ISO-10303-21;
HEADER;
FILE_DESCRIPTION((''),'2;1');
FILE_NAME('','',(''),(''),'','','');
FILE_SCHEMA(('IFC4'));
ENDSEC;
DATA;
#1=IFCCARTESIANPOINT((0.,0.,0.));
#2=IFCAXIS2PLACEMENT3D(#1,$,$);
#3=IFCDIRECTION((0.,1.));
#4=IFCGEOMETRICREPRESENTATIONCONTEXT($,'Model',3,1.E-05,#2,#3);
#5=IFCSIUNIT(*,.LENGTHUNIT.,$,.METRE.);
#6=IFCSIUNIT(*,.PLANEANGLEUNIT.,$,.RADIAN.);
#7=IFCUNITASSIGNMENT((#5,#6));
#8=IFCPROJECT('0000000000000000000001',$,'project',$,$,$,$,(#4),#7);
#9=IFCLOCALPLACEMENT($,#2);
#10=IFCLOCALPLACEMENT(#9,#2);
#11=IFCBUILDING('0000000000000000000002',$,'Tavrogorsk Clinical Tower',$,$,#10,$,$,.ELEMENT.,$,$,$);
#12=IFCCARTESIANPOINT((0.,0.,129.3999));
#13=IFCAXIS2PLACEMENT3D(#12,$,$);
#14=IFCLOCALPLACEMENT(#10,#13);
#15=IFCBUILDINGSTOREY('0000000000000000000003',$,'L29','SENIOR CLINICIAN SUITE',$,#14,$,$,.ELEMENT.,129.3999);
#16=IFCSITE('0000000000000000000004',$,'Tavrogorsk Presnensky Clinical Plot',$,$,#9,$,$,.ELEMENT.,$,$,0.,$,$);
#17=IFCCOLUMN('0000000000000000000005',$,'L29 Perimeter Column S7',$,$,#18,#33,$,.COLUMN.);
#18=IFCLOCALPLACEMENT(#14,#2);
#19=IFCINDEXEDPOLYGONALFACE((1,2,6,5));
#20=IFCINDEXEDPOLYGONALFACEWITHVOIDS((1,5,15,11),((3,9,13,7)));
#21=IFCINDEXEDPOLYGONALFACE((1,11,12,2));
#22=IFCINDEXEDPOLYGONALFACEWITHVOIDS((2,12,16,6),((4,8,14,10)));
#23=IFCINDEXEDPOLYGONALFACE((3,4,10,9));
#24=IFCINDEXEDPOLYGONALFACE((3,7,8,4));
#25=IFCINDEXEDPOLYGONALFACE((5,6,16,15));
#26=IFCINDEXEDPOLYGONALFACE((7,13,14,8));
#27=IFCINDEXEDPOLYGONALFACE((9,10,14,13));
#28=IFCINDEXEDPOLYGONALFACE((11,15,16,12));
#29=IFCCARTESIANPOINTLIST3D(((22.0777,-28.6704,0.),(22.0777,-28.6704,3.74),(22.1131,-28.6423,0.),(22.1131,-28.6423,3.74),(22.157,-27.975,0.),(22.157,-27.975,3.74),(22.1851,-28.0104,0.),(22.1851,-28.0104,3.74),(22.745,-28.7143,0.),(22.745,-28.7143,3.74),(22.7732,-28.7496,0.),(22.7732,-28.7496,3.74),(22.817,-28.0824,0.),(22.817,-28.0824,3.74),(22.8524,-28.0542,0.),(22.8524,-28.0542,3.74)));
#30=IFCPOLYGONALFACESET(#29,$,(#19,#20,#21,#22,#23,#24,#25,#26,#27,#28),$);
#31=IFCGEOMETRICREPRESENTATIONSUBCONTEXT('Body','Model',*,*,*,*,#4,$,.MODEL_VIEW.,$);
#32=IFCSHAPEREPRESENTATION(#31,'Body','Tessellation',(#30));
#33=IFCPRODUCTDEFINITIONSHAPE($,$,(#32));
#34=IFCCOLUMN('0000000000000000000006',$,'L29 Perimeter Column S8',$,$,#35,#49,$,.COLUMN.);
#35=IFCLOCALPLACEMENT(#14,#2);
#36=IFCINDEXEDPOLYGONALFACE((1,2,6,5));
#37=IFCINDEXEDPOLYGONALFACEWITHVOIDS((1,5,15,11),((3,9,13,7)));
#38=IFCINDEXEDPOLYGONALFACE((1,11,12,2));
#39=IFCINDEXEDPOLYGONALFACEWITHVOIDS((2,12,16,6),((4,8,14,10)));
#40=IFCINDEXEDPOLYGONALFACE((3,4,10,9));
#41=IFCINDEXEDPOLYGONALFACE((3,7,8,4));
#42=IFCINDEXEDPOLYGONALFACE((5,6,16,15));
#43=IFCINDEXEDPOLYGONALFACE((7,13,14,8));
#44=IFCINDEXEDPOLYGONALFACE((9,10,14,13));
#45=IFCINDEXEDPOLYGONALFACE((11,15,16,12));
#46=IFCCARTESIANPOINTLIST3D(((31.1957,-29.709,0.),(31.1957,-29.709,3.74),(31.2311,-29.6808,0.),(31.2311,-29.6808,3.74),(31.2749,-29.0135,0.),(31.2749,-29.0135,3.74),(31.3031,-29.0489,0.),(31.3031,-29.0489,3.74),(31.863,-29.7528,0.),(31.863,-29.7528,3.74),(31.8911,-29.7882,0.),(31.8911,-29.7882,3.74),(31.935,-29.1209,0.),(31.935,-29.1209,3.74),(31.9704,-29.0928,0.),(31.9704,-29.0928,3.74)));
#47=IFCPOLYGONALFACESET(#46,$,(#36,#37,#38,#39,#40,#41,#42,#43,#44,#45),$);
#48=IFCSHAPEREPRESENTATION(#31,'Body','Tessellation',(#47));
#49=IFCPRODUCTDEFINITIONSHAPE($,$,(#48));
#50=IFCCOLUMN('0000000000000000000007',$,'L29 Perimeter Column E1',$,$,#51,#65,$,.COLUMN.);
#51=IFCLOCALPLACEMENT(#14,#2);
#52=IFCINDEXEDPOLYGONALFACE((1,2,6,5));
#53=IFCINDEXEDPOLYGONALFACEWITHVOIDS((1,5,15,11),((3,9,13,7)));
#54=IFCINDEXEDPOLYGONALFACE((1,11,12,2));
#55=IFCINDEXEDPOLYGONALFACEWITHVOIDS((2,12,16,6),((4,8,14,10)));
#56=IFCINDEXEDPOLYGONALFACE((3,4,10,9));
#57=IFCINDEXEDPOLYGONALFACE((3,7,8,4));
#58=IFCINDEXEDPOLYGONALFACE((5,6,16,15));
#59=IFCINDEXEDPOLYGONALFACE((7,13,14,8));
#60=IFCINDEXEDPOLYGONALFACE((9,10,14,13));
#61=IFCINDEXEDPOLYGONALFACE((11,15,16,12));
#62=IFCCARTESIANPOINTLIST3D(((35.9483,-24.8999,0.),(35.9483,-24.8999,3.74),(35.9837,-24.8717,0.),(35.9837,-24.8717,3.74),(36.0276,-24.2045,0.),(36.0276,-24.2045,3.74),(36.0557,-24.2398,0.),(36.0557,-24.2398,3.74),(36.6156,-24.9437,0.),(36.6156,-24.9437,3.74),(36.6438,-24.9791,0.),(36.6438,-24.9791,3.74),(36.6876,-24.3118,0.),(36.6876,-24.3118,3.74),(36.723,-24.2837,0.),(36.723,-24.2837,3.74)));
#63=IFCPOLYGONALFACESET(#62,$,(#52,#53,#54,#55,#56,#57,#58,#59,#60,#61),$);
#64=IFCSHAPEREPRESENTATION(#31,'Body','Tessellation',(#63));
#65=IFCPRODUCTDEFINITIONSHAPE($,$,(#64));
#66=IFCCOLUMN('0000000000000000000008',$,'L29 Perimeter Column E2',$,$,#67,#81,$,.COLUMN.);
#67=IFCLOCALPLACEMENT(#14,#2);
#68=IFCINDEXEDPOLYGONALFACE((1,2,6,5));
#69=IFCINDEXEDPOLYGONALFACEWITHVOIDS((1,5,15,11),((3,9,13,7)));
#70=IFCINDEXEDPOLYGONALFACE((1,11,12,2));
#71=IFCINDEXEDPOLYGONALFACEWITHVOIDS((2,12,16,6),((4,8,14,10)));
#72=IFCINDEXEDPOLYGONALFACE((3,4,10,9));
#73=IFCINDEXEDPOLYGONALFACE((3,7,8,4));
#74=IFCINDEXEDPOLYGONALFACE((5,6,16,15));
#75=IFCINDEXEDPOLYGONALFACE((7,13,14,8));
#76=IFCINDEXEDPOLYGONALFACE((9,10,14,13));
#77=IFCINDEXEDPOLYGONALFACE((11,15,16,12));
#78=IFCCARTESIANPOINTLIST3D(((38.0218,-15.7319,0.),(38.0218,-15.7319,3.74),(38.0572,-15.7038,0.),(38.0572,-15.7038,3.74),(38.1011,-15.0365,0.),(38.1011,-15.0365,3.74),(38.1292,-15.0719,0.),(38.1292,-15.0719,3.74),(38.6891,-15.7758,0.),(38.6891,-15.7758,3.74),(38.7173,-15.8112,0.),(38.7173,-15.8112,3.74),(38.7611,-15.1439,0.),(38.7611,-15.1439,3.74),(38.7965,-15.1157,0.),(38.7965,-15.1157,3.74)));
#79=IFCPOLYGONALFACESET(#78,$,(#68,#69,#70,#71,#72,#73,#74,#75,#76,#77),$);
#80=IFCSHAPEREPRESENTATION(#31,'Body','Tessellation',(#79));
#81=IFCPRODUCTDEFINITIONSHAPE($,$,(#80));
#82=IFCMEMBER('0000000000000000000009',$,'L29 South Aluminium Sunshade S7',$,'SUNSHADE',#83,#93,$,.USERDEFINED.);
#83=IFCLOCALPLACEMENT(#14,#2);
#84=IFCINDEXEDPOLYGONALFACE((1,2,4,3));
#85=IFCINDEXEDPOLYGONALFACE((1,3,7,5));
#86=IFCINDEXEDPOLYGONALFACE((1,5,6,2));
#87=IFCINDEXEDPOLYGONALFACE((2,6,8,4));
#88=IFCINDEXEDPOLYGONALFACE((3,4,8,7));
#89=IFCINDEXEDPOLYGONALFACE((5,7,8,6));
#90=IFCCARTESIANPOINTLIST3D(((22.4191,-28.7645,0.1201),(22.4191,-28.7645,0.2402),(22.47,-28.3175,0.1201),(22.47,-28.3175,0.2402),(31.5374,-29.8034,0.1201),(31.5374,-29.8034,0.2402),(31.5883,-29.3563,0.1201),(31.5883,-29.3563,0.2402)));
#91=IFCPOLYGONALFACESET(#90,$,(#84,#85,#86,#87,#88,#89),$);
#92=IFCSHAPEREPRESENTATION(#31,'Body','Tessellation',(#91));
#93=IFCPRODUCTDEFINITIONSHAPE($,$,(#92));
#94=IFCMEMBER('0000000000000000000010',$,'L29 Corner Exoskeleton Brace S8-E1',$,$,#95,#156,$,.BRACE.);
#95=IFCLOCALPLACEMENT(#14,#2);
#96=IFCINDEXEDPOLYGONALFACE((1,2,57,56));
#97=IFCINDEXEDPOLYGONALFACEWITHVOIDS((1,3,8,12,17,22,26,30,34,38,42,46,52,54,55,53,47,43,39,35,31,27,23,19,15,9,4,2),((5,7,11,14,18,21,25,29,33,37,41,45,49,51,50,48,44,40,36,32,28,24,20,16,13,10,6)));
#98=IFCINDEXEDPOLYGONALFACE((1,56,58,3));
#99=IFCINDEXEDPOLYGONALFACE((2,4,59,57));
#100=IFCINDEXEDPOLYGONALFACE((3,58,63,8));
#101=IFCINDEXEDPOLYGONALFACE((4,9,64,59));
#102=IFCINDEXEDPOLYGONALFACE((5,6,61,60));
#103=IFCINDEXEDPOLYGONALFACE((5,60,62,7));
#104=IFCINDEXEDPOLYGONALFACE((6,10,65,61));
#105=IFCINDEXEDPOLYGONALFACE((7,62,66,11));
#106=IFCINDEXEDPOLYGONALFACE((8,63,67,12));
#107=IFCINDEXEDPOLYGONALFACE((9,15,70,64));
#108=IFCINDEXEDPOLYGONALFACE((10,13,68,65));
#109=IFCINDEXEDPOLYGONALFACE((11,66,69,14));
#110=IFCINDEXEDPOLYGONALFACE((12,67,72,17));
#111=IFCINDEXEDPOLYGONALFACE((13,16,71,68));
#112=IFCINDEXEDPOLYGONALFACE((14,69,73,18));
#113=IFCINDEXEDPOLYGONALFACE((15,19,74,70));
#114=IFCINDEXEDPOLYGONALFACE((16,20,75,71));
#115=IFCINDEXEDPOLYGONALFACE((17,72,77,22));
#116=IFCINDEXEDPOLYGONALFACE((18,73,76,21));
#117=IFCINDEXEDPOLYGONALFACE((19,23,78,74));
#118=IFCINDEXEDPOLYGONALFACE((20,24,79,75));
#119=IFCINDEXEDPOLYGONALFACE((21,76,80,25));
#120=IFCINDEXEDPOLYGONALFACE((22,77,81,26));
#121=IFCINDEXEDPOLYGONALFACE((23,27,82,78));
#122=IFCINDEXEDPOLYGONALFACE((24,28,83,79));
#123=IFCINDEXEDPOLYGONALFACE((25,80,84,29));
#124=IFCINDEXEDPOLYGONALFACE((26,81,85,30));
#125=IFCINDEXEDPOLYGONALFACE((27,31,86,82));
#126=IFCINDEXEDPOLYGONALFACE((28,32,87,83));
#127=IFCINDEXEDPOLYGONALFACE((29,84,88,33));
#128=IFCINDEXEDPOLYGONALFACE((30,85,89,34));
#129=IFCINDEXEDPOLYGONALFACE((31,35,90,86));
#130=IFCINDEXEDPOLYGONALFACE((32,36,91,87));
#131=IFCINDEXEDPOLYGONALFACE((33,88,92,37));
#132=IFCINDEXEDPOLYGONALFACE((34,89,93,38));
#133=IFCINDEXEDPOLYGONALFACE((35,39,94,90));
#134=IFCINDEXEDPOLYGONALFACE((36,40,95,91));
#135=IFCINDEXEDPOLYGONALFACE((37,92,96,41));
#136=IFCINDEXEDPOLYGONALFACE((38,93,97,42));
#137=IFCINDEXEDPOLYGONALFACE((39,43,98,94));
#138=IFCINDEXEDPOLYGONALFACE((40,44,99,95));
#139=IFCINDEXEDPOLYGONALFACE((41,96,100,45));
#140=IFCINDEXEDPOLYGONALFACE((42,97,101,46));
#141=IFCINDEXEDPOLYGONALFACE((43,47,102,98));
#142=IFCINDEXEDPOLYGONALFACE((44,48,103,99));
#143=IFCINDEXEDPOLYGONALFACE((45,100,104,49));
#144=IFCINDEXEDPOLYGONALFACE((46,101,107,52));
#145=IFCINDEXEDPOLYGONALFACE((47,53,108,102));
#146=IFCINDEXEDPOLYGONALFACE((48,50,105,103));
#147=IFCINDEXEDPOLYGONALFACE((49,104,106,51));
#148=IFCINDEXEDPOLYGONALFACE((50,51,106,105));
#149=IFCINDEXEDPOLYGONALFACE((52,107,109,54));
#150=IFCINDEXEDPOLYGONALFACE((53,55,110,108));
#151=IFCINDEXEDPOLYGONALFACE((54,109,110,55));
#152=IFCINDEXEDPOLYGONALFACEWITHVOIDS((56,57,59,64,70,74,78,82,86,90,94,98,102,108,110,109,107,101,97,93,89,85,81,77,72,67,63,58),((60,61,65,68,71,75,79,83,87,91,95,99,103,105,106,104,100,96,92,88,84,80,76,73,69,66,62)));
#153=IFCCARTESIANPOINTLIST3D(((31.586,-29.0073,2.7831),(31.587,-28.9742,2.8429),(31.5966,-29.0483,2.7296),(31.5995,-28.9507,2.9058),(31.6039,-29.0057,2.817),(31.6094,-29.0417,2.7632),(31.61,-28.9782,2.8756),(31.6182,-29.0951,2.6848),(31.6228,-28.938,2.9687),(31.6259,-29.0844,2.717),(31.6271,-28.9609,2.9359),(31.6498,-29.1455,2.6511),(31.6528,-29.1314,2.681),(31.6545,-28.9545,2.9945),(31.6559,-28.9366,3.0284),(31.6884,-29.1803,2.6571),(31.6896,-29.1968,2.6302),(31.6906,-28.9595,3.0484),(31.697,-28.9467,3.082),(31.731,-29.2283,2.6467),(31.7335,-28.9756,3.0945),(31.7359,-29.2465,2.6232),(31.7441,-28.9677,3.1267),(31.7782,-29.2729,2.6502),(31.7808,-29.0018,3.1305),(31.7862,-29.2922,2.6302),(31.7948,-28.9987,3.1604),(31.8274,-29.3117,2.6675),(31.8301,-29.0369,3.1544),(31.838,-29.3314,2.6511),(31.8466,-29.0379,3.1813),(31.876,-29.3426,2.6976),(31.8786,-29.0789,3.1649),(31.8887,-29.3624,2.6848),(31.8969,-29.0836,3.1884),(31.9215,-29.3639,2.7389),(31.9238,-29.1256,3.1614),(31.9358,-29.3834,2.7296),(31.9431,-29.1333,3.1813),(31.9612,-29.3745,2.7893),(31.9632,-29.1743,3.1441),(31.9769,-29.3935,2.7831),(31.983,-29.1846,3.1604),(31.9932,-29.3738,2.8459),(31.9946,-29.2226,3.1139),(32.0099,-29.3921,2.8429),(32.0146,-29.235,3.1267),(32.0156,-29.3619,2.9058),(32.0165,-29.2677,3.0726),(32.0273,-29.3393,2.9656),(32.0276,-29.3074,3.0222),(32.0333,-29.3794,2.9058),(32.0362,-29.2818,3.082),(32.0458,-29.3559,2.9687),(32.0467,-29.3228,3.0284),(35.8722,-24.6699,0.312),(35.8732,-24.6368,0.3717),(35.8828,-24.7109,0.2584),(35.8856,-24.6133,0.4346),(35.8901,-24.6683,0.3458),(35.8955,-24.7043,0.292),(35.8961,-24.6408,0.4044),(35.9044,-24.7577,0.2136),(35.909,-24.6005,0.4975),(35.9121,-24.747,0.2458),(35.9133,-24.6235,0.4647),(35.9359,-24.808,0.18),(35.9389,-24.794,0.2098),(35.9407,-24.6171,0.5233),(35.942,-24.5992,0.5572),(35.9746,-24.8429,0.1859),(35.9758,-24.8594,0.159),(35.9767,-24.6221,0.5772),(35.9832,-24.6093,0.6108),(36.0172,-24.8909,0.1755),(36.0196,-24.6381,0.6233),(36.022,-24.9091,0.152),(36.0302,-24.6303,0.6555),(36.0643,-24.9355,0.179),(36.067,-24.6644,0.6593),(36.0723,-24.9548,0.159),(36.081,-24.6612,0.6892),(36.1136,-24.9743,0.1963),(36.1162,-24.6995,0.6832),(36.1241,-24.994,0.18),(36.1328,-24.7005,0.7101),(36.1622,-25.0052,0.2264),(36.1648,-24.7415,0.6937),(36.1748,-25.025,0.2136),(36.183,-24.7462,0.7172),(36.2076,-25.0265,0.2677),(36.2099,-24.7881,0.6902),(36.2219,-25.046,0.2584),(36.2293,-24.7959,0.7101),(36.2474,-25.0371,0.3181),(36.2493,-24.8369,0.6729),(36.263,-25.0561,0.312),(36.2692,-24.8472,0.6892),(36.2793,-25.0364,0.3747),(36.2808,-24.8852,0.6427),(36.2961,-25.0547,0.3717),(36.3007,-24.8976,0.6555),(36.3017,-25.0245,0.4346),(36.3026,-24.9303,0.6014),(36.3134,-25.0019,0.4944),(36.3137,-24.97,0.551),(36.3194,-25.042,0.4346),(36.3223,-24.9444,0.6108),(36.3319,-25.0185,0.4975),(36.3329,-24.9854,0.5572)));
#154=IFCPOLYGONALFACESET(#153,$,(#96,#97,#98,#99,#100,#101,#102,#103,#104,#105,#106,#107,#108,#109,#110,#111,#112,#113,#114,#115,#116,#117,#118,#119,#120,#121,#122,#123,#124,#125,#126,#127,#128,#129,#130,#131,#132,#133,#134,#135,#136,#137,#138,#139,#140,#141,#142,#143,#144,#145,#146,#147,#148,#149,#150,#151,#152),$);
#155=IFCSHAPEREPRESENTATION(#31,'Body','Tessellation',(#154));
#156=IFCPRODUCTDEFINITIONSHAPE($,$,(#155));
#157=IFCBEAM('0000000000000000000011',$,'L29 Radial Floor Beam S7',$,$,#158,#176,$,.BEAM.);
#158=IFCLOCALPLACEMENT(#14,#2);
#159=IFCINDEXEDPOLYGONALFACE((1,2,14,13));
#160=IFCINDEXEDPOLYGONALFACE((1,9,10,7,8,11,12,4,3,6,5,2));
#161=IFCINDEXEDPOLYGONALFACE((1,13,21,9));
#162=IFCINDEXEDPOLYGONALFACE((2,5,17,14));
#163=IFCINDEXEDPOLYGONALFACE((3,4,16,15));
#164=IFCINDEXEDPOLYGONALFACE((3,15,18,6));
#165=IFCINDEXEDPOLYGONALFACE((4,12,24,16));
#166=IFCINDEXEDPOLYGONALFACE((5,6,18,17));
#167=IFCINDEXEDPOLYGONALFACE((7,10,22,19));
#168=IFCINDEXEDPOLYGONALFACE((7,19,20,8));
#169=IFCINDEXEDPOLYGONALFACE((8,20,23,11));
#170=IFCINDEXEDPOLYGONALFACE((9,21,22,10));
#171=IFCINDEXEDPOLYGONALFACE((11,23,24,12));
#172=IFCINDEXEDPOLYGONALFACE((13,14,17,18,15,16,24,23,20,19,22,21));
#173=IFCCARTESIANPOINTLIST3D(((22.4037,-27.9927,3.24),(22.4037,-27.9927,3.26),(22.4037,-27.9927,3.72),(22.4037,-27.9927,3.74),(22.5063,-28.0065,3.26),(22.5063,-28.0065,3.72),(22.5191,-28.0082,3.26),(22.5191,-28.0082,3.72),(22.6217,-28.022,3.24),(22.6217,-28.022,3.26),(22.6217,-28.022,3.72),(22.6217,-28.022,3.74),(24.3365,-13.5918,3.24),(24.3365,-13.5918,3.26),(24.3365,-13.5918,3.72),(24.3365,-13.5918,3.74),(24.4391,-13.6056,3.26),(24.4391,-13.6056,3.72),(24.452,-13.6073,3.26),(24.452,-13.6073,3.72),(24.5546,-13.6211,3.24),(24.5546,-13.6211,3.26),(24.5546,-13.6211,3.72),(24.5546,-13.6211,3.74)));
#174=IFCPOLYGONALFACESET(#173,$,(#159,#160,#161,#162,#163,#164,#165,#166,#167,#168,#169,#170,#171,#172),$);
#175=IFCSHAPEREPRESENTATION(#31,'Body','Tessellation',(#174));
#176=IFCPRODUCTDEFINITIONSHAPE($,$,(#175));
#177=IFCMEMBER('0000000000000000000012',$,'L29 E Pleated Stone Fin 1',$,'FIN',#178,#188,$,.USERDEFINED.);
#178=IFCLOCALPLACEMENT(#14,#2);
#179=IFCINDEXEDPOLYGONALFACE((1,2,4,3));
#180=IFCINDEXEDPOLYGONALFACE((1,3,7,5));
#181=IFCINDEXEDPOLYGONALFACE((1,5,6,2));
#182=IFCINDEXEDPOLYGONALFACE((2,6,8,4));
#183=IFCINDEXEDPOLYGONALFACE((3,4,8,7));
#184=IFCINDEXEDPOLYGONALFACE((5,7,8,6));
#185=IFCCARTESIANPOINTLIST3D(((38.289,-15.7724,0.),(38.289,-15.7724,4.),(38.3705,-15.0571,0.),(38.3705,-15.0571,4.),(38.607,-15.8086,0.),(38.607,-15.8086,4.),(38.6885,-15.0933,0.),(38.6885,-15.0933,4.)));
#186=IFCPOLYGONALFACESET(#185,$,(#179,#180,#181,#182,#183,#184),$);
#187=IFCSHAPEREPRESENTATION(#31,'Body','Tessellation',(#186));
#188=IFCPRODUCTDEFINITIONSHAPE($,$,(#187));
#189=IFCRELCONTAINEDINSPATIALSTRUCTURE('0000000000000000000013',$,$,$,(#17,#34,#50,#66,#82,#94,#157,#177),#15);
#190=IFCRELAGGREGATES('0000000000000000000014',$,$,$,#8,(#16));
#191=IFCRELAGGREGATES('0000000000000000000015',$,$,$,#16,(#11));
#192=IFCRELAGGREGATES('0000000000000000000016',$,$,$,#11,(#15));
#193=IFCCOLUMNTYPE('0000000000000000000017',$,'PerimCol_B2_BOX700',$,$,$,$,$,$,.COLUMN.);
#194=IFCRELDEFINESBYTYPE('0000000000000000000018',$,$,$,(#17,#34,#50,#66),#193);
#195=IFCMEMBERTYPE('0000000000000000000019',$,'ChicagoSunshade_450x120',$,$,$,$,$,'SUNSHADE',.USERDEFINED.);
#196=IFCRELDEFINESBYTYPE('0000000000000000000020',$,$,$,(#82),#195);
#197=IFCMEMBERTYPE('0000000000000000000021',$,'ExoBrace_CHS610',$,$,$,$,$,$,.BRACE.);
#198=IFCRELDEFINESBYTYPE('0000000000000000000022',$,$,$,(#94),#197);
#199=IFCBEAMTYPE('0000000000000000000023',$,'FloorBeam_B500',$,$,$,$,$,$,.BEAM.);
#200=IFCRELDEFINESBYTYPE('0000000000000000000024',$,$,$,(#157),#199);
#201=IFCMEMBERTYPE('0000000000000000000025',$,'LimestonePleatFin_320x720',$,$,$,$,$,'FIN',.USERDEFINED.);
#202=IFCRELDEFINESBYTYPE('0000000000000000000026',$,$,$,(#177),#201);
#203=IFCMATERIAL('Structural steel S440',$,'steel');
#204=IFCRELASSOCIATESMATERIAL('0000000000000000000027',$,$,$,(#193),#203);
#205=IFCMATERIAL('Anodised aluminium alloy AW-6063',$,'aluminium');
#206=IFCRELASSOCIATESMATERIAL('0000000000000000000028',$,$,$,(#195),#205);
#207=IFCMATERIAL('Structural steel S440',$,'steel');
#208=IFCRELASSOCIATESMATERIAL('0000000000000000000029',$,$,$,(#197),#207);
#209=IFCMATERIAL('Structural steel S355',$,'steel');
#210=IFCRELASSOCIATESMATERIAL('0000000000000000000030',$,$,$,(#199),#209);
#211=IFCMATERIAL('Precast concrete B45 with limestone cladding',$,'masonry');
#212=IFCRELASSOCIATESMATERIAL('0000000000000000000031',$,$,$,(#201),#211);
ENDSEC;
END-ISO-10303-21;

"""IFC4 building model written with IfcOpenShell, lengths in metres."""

from ifc_helpers import new_model, si_unit, direction, frame, origin, origin_2d, place, context, subcontext, project, spatial, rectangle, hollow_rectangle, hollow_circle, i_section, extrude, material, material_profile, profile_set, type_object, element, save


model = new_model("IFC4")

# Units and contexts
model_context = context("Model", 3, precision=1e-05, world=origin(), true_north=direction((0.0, 1.0)))
body_context = subcontext(model_context, "Body", "Model", "MODEL_VIEW")
ifc_project = project(units=[si_unit("LENGTHUNIT", "METRE"), si_unit("PLANEANGLEUNIT", "RADIAN")], contexts=[model_context])

# Site, building, storey
site_placement = place(None, origin())
site = spatial("IfcSite", under=ifc_project, at=site_placement, Name="Tavrogorsk Presnensky Clinical Plot", CompositionType="ELEMENT", RefElevation=0.0)
building_placement = place(site_placement, origin())
building = spatial("IfcBuilding", under=site, at=building_placement, Name="Tavrogorsk Clinical Tower", CompositionType="ELEMENT")
storey_placement = place(building_placement, frame((0.0, 0.0, 129.3999)))
storey = spatial("IfcBuildingStorey", under=building, at=storey_placement, Name="L29", Description="SENIOR CLINICIAN SUITE", CompositionType="ELEMENT", Elevation=129.3999)

# Columns
ifc_material_1 = material(Name="Structural steel S440", Category="steel")
ifc_material_profile_1 = material_profile(ifc_material_1, hollow_rectangle(XDim=0.7, YDim=0.7, WallThickness=0.032, at=origin_2d()), Name="BOX-700x700x32")
ifc_profile_set_1 = profile_set([ifc_material_profile_1], Name="Structural steel S440")
column_type = type_object("IfcColumnType", Name="PerimCol_B2_BOX700", PredefinedType="COLUMN", material=ifc_profile_set_1)
for number, where, z_axis, x_axis, name in (
    (1, (22.4651, -28.3623, 0.0), (0.0, 0.0, 1.0), (0.993572, -0.113203, 0.0), "L29 Perimeter Column S7"),
    (2, (31.583, -29.4009, 0.0), (0.0, 0.0, 1.0), (0.993572, -0.113203, 0.0), "L29 Perimeter Column S8"),
    (3, (36.3357, -24.5918, 0.0), (0.0, 0.0, 1.0), (0.993572, -0.113203, 0.0), "L29 Perimeter Column E1"),
    (4, (38.4092, -15.4238, 0.0), (0.0, 0.0, 1.0), (0.993572, -0.113203, 0.0), "L29 Perimeter Column E2"),
):
    element("IfcColumn", number, at=place(storey_placement, frame(where, z_axis=z_axis, x_axis=x_axis)), inside=storey, type_object=column_type, Name=name, PredefinedType="COLUMN", context=body_context, shape_type="SweptSolid", body=[
        extrude(hollow_rectangle(XDim=0.7, YDim=0.7, WallThickness=0.032, at=origin_2d()), origin(), (0.0, 0.0, 1.0), 3.74),
    ])

# Members
ifc_material_2 = material(Name="Anodised aluminium alloy AW-6063", Category="aluminium")
ifc_material_profile_2 = material_profile(ifc_material_2, rectangle(XDim=0.45, YDim=0.1201, at=origin_2d()), Name="ALU-SUNSHADE-450x120")
ifc_profile_set_2 = profile_set([ifc_material_profile_2], Name="Anodised aluminium alloy AW-6063")
member_type_1 = type_object("IfcMemberType", Name="ChicagoSunshade_450x120", ElementType="SUNSHADE", PredefinedType="USERDEFINED", material=ifc_profile_set_2)
member_1_placement = place(storey_placement, frame((22.4446, -28.541, 0.1802), z_axis=(0.993573, -0.113196, 0.0), x_axis=(0.113196, 0.993573, 0.0)))
element("IfcMember", 5, at=member_1_placement, inside=storey, type_object=member_type_1, Name="L29 South Aluminium Sunshade S7", ObjectType="SUNSHADE", PredefinedType="USERDEFINED", context=body_context, shape_type="SweptSolid", body=[
    extrude(rectangle(XDim=0.45, YDim=0.1201, at=origin_2d()), origin(), (0.0, 0.0, 1.0), 9.1772),
])
ifc_material_3 = material(Name="Structural steel S440", Category="steel")
ifc_material_profile_3 = material_profile(ifc_material_3, hollow_circle(Radius=0.3049, WallThickness=0.0249, at=origin_2d()), Name="CHS-610x25")
ifc_profile_set_3 = profile_set([ifc_material_profile_3], Name="Structural steel S440")
member_type_2 = type_object("IfcMemberType", Name="ExoBrace_CHS610", PredefinedType="BRACE", material=ifc_profile_set_3)
member_2_placement = place(storey_placement, frame((36.1025, -24.8276, 0.4346), z_axis=(-0.65143, -0.659222, 0.375585), x_axis=(0.711298, -0.70289, 0.0)))
element("IfcMember", 6, at=member_2_placement, inside=storey, type_object=member_type_2, Name="L29 Corner Exoskeleton Brace S8-E1", PredefinedType="BRACE", context=body_context, shape_type="SweptSolid", body=[
    extrude(hollow_circle(Radius=0.3049, WallThickness=0.0249, at=origin_2d()), origin(), (0.0, 0.0, 1.0), 6.5796),
])

# Beam
ifc_material_4 = material(Name="Structural steel S355", Category="steel")
ifc_material_profile_4 = material_profile(ifc_material_4, i_section(OverallWidth=0.22, OverallDepth=0.5, WebThickness=0.0129, FlangeThickness=0.02, at=origin_2d()), Name="B-500x220x13x20")
ifc_profile_set_4 = profile_set([ifc_material_profile_4], Name="Structural steel S355")
beam_type_1 = type_object("IfcBeamType", Name="FloorBeam_B500", PredefinedType="BEAM", material=ifc_profile_set_4)
beam_1_placement = place(storey_placement, frame((24.4456, -13.6064, 3.49), z_axis=(-0.133025, -0.991113, 0.0), x_axis=(0.991113, -0.133025, 0.0)))
element("IfcBeam", 7, at=beam_1_placement, inside=storey, type_object=beam_type_1, Name="L29 Radial Floor Beam S7", PredefinedType="BEAM", context=body_context, shape_type="SweptSolid", body=[
    extrude(i_section(OverallWidth=0.22, OverallDepth=0.5, WebThickness=0.0129, FlangeThickness=0.02, at=origin_2d()), origin(), (0.0, 0.0, 1.0), 14.53),
])

# Member
ifc_material_5 = material(Name="Precast concrete B45 with limestone cladding", Category="masonry")
ifc_material_profile_5 = material_profile(ifc_material_5, rectangle(XDim=0.3201, YDim=0.72, at=origin_2d()), Name="LIMESTONE-FIN-320x720")
ifc_profile_set_5 = profile_set([ifc_material_profile_5], Name="Precast concrete B45 with limestone cladding")
member_type_3 = type_object("IfcMemberType", Name="LimestonePleatFin_320x720", ElementType="FIN", PredefinedType="USERDEFINED", material=ifc_profile_set_5)
member_3_placement = place(storey_placement, frame((38.4888, -15.4329, 0.0), z_axis=(0.0, 0.0, 1.0), x_axis=(0.993572, -0.113203, 0.0)))
element("IfcMember", 8, at=member_3_placement, inside=storey, type_object=member_type_3, Name="L29 E Pleated Stone Fin 1", ObjectType="FIN", PredefinedType="USERDEFINED", context=body_context, shape_type="SweptSolid", body=[
    extrude(rectangle(XDim=0.3201, YDim=0.72, at=origin_2d()), origin(), (0.0, 0.0, 1.0), 4.0),
])

save(model, "model.ifc")
